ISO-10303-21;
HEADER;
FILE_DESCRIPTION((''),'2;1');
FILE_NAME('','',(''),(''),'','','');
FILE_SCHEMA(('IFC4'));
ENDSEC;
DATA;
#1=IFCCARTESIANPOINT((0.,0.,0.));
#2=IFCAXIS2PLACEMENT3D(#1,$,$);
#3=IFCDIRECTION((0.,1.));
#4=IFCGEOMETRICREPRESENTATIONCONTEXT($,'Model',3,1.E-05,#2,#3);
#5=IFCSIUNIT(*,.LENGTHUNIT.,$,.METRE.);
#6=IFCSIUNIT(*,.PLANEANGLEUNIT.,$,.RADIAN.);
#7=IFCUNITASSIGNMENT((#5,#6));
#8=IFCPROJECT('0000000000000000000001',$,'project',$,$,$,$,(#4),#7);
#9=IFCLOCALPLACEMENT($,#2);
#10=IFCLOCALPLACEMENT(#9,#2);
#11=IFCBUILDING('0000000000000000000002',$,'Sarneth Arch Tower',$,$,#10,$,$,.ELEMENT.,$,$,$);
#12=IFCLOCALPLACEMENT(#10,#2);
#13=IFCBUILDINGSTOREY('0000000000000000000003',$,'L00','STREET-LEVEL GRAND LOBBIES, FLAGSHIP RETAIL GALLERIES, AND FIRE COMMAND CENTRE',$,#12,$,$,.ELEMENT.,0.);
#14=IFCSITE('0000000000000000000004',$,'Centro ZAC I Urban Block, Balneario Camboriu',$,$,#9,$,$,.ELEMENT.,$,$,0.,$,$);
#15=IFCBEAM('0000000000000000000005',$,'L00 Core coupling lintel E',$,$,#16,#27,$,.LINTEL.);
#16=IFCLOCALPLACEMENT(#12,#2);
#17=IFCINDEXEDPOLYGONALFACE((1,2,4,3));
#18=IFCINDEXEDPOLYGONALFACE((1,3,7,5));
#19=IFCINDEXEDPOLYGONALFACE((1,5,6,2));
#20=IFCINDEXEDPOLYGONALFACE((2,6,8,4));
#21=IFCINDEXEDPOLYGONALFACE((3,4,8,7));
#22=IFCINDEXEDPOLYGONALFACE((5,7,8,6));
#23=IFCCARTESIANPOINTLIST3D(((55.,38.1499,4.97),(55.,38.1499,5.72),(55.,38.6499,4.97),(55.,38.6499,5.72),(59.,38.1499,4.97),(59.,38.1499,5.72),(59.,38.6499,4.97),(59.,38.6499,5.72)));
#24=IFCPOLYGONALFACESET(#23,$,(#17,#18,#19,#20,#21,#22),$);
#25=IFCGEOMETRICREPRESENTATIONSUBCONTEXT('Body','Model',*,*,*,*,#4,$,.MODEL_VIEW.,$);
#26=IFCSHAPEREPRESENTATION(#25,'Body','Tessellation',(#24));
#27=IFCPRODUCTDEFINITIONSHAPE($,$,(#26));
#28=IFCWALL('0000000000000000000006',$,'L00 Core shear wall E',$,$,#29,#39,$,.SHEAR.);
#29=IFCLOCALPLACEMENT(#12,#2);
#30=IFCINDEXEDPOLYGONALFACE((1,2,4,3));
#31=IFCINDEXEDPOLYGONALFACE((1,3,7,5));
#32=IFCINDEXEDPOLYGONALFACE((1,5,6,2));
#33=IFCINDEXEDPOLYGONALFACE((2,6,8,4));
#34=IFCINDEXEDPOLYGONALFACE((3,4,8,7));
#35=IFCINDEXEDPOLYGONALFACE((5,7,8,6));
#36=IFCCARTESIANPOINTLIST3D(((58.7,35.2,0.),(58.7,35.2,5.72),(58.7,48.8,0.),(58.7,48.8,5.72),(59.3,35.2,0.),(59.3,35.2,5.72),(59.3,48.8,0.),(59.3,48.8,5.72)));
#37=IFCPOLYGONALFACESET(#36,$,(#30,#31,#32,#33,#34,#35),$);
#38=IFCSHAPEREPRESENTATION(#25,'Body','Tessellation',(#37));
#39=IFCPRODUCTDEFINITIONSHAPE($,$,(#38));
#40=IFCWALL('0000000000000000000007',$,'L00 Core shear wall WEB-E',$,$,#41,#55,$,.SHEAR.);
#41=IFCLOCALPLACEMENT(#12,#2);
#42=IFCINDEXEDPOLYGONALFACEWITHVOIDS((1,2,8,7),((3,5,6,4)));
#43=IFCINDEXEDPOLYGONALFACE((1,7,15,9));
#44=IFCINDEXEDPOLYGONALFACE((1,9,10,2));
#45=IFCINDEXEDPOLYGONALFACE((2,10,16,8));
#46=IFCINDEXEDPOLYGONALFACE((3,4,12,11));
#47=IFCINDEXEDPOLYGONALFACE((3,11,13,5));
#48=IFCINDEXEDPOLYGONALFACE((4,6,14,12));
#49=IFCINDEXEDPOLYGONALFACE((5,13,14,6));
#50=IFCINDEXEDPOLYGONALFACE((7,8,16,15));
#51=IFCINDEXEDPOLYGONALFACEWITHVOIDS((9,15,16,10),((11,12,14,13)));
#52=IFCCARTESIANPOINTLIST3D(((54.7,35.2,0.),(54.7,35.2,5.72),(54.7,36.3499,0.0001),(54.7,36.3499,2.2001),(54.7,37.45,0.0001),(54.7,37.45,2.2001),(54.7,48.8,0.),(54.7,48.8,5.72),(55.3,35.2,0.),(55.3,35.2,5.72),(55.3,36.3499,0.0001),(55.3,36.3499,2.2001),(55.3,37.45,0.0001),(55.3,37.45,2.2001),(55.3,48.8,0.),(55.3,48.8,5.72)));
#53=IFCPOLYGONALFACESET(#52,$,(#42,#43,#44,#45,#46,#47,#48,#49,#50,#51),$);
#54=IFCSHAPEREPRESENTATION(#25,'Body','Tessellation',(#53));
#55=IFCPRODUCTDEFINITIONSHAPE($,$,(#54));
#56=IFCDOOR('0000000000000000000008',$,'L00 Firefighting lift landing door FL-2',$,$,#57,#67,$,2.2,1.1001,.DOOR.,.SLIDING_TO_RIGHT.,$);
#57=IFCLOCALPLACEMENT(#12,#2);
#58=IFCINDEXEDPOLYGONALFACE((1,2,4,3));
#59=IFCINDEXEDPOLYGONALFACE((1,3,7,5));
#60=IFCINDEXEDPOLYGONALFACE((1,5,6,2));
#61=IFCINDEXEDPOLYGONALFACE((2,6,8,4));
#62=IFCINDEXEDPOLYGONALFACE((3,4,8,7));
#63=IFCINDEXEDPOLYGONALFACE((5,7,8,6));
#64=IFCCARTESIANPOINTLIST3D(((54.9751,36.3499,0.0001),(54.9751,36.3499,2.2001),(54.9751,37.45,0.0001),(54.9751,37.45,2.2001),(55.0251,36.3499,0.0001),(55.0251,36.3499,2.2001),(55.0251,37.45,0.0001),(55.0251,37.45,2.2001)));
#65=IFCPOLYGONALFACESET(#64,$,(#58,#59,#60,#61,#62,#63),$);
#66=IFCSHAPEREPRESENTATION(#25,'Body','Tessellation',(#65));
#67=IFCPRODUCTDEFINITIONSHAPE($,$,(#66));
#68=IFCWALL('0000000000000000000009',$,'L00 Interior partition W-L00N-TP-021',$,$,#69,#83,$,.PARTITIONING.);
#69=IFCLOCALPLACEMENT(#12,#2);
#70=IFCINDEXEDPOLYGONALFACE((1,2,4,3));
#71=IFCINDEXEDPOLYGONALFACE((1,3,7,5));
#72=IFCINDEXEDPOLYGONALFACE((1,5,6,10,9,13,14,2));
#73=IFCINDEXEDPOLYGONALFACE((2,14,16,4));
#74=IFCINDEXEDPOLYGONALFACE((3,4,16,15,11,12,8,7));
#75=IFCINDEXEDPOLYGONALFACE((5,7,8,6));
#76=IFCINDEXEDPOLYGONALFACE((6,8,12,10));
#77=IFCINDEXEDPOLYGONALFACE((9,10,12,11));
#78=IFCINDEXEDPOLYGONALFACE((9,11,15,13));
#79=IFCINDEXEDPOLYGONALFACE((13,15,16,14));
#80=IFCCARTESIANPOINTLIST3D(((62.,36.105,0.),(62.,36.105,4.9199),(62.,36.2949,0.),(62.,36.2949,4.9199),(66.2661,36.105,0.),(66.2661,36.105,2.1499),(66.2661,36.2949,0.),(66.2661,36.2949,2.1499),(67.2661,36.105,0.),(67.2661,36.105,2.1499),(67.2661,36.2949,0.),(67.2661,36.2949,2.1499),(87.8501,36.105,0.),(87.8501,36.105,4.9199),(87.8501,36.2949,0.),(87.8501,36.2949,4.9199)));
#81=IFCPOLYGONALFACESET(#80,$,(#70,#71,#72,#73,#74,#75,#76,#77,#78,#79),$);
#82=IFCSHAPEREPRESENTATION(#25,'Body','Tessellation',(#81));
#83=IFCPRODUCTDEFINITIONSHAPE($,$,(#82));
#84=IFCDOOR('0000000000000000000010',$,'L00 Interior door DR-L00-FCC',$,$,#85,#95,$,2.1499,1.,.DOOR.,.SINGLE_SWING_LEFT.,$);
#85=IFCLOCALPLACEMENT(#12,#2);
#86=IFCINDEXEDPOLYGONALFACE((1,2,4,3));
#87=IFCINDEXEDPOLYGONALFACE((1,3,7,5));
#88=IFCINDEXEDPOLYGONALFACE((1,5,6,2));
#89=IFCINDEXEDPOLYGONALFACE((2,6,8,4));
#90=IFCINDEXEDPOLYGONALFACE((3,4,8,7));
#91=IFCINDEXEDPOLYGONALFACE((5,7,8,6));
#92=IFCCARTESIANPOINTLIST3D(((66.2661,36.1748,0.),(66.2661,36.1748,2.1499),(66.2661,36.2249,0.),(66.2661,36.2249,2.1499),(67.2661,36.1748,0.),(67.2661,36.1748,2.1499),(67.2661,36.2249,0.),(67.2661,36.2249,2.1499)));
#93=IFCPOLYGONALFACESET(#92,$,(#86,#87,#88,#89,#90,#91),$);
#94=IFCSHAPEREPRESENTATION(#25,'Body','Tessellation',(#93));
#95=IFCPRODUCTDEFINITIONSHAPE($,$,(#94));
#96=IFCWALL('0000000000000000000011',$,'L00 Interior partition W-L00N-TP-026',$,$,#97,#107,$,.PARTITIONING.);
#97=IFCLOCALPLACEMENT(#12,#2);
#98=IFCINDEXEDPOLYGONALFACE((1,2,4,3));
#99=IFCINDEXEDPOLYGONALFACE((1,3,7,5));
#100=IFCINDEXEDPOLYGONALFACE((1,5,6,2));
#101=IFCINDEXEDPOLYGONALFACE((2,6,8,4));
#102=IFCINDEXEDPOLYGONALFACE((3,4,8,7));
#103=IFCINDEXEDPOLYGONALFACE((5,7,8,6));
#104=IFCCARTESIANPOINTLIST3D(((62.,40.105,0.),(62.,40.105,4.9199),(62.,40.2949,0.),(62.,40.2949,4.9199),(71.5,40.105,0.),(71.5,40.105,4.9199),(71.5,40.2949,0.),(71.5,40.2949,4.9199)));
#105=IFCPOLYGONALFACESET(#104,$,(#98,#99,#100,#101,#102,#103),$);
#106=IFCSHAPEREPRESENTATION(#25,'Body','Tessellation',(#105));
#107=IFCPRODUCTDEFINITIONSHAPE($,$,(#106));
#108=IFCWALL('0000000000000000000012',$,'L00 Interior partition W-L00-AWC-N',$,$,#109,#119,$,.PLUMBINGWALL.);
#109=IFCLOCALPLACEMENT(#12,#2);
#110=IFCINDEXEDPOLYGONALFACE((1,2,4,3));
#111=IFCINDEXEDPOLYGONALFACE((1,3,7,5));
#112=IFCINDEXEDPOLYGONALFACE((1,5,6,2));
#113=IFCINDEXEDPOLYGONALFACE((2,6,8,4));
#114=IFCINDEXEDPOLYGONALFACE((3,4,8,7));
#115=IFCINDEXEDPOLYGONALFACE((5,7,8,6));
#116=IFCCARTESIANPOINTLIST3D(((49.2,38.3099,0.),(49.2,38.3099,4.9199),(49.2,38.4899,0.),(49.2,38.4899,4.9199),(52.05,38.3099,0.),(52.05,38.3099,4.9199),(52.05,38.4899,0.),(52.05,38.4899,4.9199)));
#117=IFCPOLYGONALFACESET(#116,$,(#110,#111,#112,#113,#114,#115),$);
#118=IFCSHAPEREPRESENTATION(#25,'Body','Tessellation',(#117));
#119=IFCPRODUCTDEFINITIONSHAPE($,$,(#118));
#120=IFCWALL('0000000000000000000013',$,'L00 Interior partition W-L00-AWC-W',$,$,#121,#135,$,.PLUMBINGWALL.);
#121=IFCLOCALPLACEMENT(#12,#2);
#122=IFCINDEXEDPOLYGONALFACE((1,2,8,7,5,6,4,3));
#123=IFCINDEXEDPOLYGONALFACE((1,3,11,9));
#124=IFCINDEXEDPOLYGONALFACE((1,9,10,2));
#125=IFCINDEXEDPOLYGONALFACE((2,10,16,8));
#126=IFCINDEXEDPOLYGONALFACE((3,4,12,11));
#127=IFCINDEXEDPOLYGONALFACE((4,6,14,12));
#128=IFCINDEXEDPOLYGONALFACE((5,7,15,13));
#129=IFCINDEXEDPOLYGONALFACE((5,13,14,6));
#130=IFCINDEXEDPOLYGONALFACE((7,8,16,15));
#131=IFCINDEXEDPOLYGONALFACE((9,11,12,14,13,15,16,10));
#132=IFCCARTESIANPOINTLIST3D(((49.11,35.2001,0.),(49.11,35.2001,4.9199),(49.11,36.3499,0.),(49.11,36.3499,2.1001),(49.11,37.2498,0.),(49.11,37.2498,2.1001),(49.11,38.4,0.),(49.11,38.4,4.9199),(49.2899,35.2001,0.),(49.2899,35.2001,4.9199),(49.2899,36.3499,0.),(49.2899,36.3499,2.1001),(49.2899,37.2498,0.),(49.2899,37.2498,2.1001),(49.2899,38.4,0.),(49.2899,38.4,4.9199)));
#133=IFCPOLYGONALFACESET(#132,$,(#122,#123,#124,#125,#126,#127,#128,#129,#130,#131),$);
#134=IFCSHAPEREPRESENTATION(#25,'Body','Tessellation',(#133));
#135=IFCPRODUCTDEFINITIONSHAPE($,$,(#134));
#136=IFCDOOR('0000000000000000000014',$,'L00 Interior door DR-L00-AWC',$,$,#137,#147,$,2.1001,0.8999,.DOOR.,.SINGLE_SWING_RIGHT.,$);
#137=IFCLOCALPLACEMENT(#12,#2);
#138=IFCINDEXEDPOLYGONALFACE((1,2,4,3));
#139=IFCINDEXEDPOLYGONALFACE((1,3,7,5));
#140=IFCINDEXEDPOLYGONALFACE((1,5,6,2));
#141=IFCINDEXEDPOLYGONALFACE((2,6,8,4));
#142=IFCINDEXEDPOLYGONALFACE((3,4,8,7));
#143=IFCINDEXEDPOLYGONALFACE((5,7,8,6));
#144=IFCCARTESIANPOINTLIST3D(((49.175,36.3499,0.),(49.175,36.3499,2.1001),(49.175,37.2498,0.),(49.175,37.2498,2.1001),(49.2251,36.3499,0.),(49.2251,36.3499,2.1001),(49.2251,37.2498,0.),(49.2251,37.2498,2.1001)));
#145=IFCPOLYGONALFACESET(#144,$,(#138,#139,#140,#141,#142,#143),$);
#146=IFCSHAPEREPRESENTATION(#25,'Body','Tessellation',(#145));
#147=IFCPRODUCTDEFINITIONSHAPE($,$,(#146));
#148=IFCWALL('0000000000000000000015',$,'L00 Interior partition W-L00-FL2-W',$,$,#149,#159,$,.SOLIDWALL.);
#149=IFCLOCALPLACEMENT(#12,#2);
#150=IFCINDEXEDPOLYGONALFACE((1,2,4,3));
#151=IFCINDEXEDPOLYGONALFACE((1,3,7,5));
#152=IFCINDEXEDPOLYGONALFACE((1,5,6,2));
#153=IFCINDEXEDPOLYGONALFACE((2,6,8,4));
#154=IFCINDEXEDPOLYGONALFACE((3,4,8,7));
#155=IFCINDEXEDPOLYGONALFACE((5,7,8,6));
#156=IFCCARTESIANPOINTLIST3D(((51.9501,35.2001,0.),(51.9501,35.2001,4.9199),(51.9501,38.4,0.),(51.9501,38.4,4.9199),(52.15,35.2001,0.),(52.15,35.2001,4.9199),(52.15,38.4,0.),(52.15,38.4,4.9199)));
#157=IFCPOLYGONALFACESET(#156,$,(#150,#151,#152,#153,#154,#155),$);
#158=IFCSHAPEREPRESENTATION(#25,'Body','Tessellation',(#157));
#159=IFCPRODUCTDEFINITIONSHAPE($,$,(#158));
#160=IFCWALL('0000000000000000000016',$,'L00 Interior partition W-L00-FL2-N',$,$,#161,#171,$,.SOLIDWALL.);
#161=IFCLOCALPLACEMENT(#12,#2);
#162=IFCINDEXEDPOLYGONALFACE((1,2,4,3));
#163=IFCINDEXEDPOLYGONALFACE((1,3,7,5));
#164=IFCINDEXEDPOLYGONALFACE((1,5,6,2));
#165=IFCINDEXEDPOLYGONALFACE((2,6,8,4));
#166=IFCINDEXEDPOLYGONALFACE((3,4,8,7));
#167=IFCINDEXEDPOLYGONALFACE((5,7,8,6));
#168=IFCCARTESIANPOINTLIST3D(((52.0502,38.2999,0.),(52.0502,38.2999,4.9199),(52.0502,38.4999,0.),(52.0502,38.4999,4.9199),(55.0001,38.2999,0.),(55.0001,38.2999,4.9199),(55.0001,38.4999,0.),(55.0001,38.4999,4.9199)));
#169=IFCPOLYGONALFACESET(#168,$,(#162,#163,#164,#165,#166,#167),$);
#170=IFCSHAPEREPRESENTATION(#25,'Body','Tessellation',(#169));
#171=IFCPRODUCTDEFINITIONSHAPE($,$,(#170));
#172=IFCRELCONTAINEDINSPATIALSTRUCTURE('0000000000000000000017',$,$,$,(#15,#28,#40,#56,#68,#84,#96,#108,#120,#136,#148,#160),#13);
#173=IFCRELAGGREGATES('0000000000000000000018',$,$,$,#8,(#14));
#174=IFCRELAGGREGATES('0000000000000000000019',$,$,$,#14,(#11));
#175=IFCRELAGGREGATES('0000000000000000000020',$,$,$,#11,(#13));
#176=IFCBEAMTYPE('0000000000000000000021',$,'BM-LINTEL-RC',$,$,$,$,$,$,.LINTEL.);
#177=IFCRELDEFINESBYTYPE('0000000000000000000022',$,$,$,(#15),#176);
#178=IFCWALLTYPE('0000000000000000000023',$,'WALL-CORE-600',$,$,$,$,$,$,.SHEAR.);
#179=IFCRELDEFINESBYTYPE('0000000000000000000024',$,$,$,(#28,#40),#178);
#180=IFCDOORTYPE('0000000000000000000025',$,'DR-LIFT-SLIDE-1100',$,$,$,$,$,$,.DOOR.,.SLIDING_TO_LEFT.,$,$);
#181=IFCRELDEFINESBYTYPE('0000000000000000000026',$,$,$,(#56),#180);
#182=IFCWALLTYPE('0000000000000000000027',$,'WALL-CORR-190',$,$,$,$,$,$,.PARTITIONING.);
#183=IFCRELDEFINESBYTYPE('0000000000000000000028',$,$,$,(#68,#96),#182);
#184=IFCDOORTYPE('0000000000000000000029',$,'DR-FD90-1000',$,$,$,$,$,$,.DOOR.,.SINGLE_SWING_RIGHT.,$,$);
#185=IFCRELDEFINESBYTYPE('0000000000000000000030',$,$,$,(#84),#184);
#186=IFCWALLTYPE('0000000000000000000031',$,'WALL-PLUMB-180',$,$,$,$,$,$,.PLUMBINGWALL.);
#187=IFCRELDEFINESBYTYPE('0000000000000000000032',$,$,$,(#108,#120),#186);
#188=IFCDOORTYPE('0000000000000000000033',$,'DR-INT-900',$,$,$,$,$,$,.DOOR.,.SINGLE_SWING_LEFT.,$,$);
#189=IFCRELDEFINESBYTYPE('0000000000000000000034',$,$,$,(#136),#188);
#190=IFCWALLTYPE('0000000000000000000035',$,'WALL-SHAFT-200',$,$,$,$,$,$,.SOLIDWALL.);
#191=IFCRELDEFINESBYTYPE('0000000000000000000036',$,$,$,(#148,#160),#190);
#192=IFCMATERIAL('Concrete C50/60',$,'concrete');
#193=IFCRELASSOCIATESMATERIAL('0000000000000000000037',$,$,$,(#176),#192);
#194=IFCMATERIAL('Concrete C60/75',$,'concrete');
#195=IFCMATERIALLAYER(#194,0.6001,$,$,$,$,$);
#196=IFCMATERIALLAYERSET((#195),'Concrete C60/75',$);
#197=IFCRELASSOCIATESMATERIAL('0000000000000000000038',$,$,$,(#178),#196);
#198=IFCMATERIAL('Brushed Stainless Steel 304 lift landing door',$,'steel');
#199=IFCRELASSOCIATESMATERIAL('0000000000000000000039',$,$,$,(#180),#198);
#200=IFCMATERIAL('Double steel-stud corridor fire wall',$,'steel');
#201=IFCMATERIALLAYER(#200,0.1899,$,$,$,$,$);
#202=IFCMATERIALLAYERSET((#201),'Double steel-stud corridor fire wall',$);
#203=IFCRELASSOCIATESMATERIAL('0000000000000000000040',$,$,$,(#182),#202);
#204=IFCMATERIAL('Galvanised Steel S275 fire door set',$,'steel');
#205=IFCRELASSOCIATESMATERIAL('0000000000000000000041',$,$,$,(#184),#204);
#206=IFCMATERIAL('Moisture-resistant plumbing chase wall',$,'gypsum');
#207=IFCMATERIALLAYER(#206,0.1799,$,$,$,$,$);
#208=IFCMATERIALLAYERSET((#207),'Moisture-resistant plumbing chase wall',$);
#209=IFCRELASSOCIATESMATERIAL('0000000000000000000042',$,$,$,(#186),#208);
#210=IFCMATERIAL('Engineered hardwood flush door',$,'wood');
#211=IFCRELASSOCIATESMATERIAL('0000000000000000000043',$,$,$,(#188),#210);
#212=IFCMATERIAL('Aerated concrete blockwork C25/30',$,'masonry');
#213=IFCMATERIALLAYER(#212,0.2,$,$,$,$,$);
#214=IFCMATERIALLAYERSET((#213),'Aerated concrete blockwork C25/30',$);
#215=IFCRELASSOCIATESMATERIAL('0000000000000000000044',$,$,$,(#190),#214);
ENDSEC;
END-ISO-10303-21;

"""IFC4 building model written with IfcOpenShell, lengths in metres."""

from ifc_helpers import new_model, si_unit, direction, frame, frame_2d, origin, origin_2d, place, context, subcontext, project, spatial, rectangle, extrude, material, layer, layer_set, material_profile, profile_set, type_object, element, fill, save


model = new_model("IFC4")

# Units and contexts
model_context = context("Model", 3, precision=1e-05, world=origin(), true_north=direction((0.0, 1.0)))
body_context = subcontext(model_context, "Body", "Model", "MODEL_VIEW")
ifc_project = project(units=[si_unit("LENGTHUNIT", "METRE"), si_unit("PLANEANGLEUNIT", "RADIAN")], contexts=[model_context])

# Site, building, storey
site_placement = place(None, origin())
site = spatial("IfcSite", under=ifc_project, at=site_placement, Name="Centro ZAC I Urban Block, Balneario Camboriu", CompositionType="ELEMENT", RefElevation=0.0)
building_placement = place(site_placement, origin())
building = spatial("IfcBuilding", under=site, at=building_placement, Name="Sarneth Arch Tower", CompositionType="ELEMENT")
storey_placement = place(building_placement, origin())
storey = spatial("IfcBuildingStorey", under=building, at=storey_placement, Name="L00", Description="STREET-LEVEL GRAND LOBBIES, FLAGSHIP RETAIL GALLERIES, AND FIRE COMMAND CENTRE", CompositionType="ELEMENT", Elevation=0.0)

# Beam
ifc_material_1 = material(Name="Concrete C50/60", Category="concrete")
ifc_material_profile = material_profile(ifc_material_1, rectangle(XDim=0.5, YDim=0.75, at=origin_2d()), Name="RC-500x750")
ifc_profile_set = profile_set([ifc_material_profile], Name="Concrete C50/60")
beam_type = type_object("IfcBeamType", Name="BM-LINTEL-RC", PredefinedType="LINTEL", material=ifc_profile_set)
beam_placement = place(storey_placement, frame((55.0, 38.3999, 5.345), z_axis=(1.0, 0.0, 0.0), x_axis=(0.0, 1.0, 0.0)))
element("IfcBeam", 1, at=beam_placement, inside=storey, type_object=beam_type, Name="L00 Core coupling lintel E", PredefinedType="LINTEL", context=body_context, shape_type="SweptSolid", body=[
    extrude(rectangle(XDim=0.5, YDim=0.75, at=origin_2d()), origin(), (0.0, 0.0, 1.0), 4.0),
])

# Shared definitions
ifc_material_2 = material(Name="Concrete C60/75", Category="concrete")
ifc_layer_1 = layer(ifc_material_2, 0.6001)
ifc_layer_set_1 = layer_set([ifc_layer_1], Name="Concrete C60/75")
wall_type_1 = type_object("IfcWallType", Name="WALL-CORE-600", PredefinedType="SHEAR", material=ifc_layer_set_1)

# Wall
wall_1_placement = place(storey_placement, frame((59.0, 35.2, 0.0), z_axis=(0.0, 0.0, 1.0), x_axis=(0.0, 1.0, 0.0)))
element("IfcWall", 2, at=wall_1_placement, inside=storey, type_object=wall_type_1, Name="L00 Core shear wall E", PredefinedType="SHEAR", context=body_context, shape_type="SweptSolid", body=[
    extrude(rectangle(XDim=13.6001, YDim=0.6001, at=frame_2d((6.8, 0.0))), origin(), (0.0, 0.0, 1.0), 5.72),
])

# Walls, openings, doors
wall_2_placement = place(storey_placement, frame((55.0, 35.2, 0.0), z_axis=(0.0, 0.0, 1.0), x_axis=(0.0, 1.0, 0.0)))
wall_2 = element("IfcWall", 3, at=wall_2_placement, inside=storey, type_object=wall_type_1, Name="L00 Core shear wall WEB-E", PredefinedType="SHEAR", context=body_context, shape_type="SweptSolid", body=[
    extrude(rectangle(XDim=13.6001, YDim=0.6001, at=frame_2d((6.8, 0.0))), origin(), (0.0, 0.0, 1.0), 5.72),
])
opening_1_placement = place(wall_2_placement, frame((1.1499, 0.0, 0.0)))
opening_1 = element("IfcOpeningElement", 4, at=opening_1_placement, cuts=wall_2, PredefinedType="OPENING", context=body_context, shape_type="SweptSolid", body=[
    extrude(rectangle(XDim=1.1001, YDim=2.2, at=frame_2d((0.55, 1.1001))), frame((0.0, 0.3101, 0.0), z_axis=(0.0, -1.0, 0.0), x_axis=(1.0, 0.0, 0.0)), (0.0, 0.0, 1.0), 0.6201),
])
ifc_material_3 = material(Name="Brushed Stainless Steel 304 lift landing door", Category="steel")
door_type_1 = type_object("IfcDoorType", Name="DR-LIFT-SLIDE-1100", OperationType="SLIDING_TO_LEFT", PredefinedType="DOOR", material=ifc_material_3)
door_1_placement = place(opening_1_placement, origin())
door_1 = element("IfcDoor", 5, at=door_1_placement, inside=storey, type_object=door_type_1, Name="L00 Firefighting lift landing door FL-2", OperationType="SLIDING_TO_RIGHT", OverallHeight=2.2, OverallWidth=1.1001, PredefinedType="DOOR", context=body_context, shape_type="SweptSolid", body=[
    extrude(rectangle(XDim=1.1001, YDim=2.2, at=frame_2d((0.55, 1.1001))), frame((0.0, 0.0249, 0.0), z_axis=(0.0, -1.0, 0.0), x_axis=(1.0, 0.0, 0.0)), (0.0, 0.0, 1.0), 0.05),
])
fill(opening_1, door_1)
ifc_material_4 = material(Name="Double steel-stud corridor fire wall", Category="steel")
ifc_layer_2 = layer(ifc_material_4, 0.1899)
ifc_layer_set_2 = layer_set([ifc_layer_2], Name="Double steel-stud corridor fire wall")
wall_type_2 = type_object("IfcWallType", Name="WALL-CORR-190", PredefinedType="PARTITIONING", material=ifc_layer_set_2)
wall_3_placement = place(storey_placement, frame((62.0, 36.2, 0.0), z_axis=(0.0, 0.0, 1.0), x_axis=(1.0, 0.0, 0.0)))
wall_3 = element("IfcWall", 6, at=wall_3_placement, inside=storey, type_object=wall_type_2, Name="L00 Interior partition W-L00N-TP-021", PredefinedType="PARTITIONING", context=body_context, shape_type="SweptSolid", body=[
    extrude(rectangle(XDim=25.8501, YDim=0.1899, at=frame_2d((12.925, 0.0))), origin(), (0.0, 0.0, 1.0), 4.9199),
])
opening_2_placement = place(wall_3_placement, frame((4.2661, 0.0, 0.0)))
opening_2 = element("IfcOpeningElement", 7, at=opening_2_placement, cuts=wall_3, PredefinedType="OPENING", context=body_context, shape_type="SweptSolid", body=[
    extrude(rectangle(XDim=1.0, YDim=2.1499, at=frame_2d((0.5, 1.075))), frame((0.0, 0.105, 0.0), z_axis=(0.0, -1.0, 0.0), x_axis=(1.0, 0.0, 0.0)), (0.0, 0.0, 1.0), 0.21),
])
ifc_material_5 = material(Name="Galvanised Steel S275 fire door set", Category="steel")
door_type_2 = type_object("IfcDoorType", Name="DR-FD90-1000", OperationType="SINGLE_SWING_RIGHT", PredefinedType="DOOR", material=ifc_material_5)
door_2_placement = place(opening_2_placement, origin())
door_2 = element("IfcDoor", 8, at=door_2_placement, inside=storey, type_object=door_type_2, Name="L00 Interior door DR-L00-FCC", OperationType="SINGLE_SWING_LEFT", OverallHeight=2.1499, OverallWidth=1.0, PredefinedType="DOOR", context=body_context, shape_type="SweptSolid", body=[
    extrude(rectangle(XDim=1.0, YDim=2.1499, at=frame_2d((0.5, 1.075))), frame((0.0, 0.0249, 0.0), z_axis=(0.0, -1.0, 0.0), x_axis=(1.0, 0.0, 0.0)), (0.0, 0.0, 1.0), 0.05),
])
fill(opening_2, door_2)

# Wall
wall_4_placement = place(storey_placement, frame((62.0, 40.2, 0.0), z_axis=(0.0, 0.0, 1.0), x_axis=(1.0, 0.0, 0.0)))
element("IfcWall", 9, at=wall_4_placement, inside=storey, type_object=wall_type_2, Name="L00 Interior partition W-L00N-TP-026", PredefinedType="PARTITIONING", context=body_context, shape_type="SweptSolid", body=[
    extrude(rectangle(XDim=9.5, YDim=0.1899, at=frame_2d((4.75, 0.0))), origin(), (0.0, 0.0, 1.0), 4.9199),
])

# Wall
ifc_material_6 = material(Name="Moisture-resistant plumbing chase wall", Category="gypsum")
ifc_layer_3 = layer(ifc_material_6, 0.1799)
ifc_layer_set_3 = layer_set([ifc_layer_3], Name="Moisture-resistant plumbing chase wall")
wall_type_3 = type_object("IfcWallType", Name="WALL-PLUMB-180", PredefinedType="PLUMBINGWALL", material=ifc_layer_set_3)
wall_5_placement = place(storey_placement, frame((49.2, 38.3999, 0.0), z_axis=(0.0, 0.0, 1.0), x_axis=(1.0, 0.0, 0.0)))
element("IfcWall", 10, at=wall_5_placement, inside=storey, type_object=wall_type_3, Name="L00 Interior partition W-L00-AWC-N", PredefinedType="PLUMBINGWALL", context=body_context, shape_type="SweptSolid", body=[
    extrude(rectangle(XDim=2.8501, YDim=0.1799, at=frame_2d((1.425, 0.0))), origin(), (0.0, 0.0, 1.0), 4.9199),
])

# Wall, opening, door
wall_6_placement = place(storey_placement, frame((49.2, 35.2, 0.0), z_axis=(0.0, 0.0, 1.0), x_axis=(0.0, 1.0, 0.0)))
wall_6 = element("IfcWall", 11, at=wall_6_placement, inside=storey, type_object=wall_type_3, Name="L00 Interior partition W-L00-AWC-W", PredefinedType="PLUMBINGWALL", context=body_context, shape_type="SweptSolid", body=[
    extrude(rectangle(XDim=3.2, YDim=0.1799, at=frame_2d((1.6001, 0.0))), origin(), (0.0, 0.0, 1.0), 4.9199),
])
opening_3_placement = place(wall_6_placement, frame((1.1499, 0.0, 0.0)))
opening_3 = element("IfcOpeningElement", 12, at=opening_3_placement, cuts=wall_6, PredefinedType="OPENING", context=body_context, shape_type="SweptSolid", body=[
    extrude(rectangle(XDim=0.8999, YDim=2.1001, at=frame_2d((0.45, 1.05))), frame((0.0, 0.0999, 0.0), z_axis=(0.0, -1.0, 0.0), x_axis=(1.0, 0.0, 0.0)), (0.0, 0.0, 1.0), 0.2),
])
ifc_material_7 = material(Name="Engineered hardwood flush door", Category="wood")
door_type_3 = type_object("IfcDoorType", Name="DR-INT-900", OperationType="SINGLE_SWING_LEFT", PredefinedType="DOOR", material=ifc_material_7)
door_3_placement = place(opening_3_placement, origin())
door_3 = element("IfcDoor", 13, at=door_3_placement, inside=storey, type_object=door_type_3, Name="L00 Interior door DR-L00-AWC", OperationType="SINGLE_SWING_RIGHT", OverallHeight=2.1001, OverallWidth=0.8999, PredefinedType="DOOR", context=body_context, shape_type="SweptSolid", body=[
    extrude(rectangle(XDim=0.8999, YDim=2.1001, at=frame_2d((0.45, 1.05))), frame((0.0, 0.0249, 0.0), z_axis=(0.0, -1.0, 0.0), x_axis=(1.0, 0.0, 0.0)), (0.0, 0.0, 1.0), 0.05),
])
fill(opening_3, door_3)
ifc_material_8 = material(Name="Aerated concrete blockwork C25/30", Category="masonry")
ifc_layer_4 = layer(ifc_material_8, 0.2)
ifc_layer_set_4 = layer_set([ifc_layer_4], Name="Aerated concrete blockwork C25/30")
wall_type_4 = type_object("IfcWallType", Name="WALL-SHAFT-200", PredefinedType="SOLIDWALL", material=ifc_layer_set_4)

# Walls
wall_7_placement = place(storey_placement, frame((52.05, 35.2, 0.0), z_axis=(0.0, 0.0, 1.0), x_axis=(0.0, 1.0, 0.0)))
element("IfcWall", 14, at=wall_7_placement, inside=storey, type_object=wall_type_4, Name="L00 Interior partition W-L00-FL2-W", PredefinedType="SOLIDWALL", context=body_context, shape_type="SweptSolid", body=[
    extrude(rectangle(XDim=3.2, YDim=0.2, at=frame_2d((1.6001, 0.0))), origin(), (0.0, 0.0, 1.0), 4.9199),
])
wall_8_placement = place(storey_placement, frame((52.05, 38.3999, 0.0), z_axis=(0.0, 0.0, 1.0), x_axis=(1.0, 0.0, 0.0)))
element("IfcWall", 15, at=wall_8_placement, inside=storey, type_object=wall_type_4, Name="L00 Interior partition W-L00-FL2-N", PredefinedType="SOLIDWALL", context=body_context, shape_type="SweptSolid", body=[
    extrude(rectangle(XDim=2.95, YDim=0.2, at=frame_2d((1.4751, 0.0))), origin(), (0.0, 0.0, 1.0), 4.9199),
])

save(model, "model.ifc")
